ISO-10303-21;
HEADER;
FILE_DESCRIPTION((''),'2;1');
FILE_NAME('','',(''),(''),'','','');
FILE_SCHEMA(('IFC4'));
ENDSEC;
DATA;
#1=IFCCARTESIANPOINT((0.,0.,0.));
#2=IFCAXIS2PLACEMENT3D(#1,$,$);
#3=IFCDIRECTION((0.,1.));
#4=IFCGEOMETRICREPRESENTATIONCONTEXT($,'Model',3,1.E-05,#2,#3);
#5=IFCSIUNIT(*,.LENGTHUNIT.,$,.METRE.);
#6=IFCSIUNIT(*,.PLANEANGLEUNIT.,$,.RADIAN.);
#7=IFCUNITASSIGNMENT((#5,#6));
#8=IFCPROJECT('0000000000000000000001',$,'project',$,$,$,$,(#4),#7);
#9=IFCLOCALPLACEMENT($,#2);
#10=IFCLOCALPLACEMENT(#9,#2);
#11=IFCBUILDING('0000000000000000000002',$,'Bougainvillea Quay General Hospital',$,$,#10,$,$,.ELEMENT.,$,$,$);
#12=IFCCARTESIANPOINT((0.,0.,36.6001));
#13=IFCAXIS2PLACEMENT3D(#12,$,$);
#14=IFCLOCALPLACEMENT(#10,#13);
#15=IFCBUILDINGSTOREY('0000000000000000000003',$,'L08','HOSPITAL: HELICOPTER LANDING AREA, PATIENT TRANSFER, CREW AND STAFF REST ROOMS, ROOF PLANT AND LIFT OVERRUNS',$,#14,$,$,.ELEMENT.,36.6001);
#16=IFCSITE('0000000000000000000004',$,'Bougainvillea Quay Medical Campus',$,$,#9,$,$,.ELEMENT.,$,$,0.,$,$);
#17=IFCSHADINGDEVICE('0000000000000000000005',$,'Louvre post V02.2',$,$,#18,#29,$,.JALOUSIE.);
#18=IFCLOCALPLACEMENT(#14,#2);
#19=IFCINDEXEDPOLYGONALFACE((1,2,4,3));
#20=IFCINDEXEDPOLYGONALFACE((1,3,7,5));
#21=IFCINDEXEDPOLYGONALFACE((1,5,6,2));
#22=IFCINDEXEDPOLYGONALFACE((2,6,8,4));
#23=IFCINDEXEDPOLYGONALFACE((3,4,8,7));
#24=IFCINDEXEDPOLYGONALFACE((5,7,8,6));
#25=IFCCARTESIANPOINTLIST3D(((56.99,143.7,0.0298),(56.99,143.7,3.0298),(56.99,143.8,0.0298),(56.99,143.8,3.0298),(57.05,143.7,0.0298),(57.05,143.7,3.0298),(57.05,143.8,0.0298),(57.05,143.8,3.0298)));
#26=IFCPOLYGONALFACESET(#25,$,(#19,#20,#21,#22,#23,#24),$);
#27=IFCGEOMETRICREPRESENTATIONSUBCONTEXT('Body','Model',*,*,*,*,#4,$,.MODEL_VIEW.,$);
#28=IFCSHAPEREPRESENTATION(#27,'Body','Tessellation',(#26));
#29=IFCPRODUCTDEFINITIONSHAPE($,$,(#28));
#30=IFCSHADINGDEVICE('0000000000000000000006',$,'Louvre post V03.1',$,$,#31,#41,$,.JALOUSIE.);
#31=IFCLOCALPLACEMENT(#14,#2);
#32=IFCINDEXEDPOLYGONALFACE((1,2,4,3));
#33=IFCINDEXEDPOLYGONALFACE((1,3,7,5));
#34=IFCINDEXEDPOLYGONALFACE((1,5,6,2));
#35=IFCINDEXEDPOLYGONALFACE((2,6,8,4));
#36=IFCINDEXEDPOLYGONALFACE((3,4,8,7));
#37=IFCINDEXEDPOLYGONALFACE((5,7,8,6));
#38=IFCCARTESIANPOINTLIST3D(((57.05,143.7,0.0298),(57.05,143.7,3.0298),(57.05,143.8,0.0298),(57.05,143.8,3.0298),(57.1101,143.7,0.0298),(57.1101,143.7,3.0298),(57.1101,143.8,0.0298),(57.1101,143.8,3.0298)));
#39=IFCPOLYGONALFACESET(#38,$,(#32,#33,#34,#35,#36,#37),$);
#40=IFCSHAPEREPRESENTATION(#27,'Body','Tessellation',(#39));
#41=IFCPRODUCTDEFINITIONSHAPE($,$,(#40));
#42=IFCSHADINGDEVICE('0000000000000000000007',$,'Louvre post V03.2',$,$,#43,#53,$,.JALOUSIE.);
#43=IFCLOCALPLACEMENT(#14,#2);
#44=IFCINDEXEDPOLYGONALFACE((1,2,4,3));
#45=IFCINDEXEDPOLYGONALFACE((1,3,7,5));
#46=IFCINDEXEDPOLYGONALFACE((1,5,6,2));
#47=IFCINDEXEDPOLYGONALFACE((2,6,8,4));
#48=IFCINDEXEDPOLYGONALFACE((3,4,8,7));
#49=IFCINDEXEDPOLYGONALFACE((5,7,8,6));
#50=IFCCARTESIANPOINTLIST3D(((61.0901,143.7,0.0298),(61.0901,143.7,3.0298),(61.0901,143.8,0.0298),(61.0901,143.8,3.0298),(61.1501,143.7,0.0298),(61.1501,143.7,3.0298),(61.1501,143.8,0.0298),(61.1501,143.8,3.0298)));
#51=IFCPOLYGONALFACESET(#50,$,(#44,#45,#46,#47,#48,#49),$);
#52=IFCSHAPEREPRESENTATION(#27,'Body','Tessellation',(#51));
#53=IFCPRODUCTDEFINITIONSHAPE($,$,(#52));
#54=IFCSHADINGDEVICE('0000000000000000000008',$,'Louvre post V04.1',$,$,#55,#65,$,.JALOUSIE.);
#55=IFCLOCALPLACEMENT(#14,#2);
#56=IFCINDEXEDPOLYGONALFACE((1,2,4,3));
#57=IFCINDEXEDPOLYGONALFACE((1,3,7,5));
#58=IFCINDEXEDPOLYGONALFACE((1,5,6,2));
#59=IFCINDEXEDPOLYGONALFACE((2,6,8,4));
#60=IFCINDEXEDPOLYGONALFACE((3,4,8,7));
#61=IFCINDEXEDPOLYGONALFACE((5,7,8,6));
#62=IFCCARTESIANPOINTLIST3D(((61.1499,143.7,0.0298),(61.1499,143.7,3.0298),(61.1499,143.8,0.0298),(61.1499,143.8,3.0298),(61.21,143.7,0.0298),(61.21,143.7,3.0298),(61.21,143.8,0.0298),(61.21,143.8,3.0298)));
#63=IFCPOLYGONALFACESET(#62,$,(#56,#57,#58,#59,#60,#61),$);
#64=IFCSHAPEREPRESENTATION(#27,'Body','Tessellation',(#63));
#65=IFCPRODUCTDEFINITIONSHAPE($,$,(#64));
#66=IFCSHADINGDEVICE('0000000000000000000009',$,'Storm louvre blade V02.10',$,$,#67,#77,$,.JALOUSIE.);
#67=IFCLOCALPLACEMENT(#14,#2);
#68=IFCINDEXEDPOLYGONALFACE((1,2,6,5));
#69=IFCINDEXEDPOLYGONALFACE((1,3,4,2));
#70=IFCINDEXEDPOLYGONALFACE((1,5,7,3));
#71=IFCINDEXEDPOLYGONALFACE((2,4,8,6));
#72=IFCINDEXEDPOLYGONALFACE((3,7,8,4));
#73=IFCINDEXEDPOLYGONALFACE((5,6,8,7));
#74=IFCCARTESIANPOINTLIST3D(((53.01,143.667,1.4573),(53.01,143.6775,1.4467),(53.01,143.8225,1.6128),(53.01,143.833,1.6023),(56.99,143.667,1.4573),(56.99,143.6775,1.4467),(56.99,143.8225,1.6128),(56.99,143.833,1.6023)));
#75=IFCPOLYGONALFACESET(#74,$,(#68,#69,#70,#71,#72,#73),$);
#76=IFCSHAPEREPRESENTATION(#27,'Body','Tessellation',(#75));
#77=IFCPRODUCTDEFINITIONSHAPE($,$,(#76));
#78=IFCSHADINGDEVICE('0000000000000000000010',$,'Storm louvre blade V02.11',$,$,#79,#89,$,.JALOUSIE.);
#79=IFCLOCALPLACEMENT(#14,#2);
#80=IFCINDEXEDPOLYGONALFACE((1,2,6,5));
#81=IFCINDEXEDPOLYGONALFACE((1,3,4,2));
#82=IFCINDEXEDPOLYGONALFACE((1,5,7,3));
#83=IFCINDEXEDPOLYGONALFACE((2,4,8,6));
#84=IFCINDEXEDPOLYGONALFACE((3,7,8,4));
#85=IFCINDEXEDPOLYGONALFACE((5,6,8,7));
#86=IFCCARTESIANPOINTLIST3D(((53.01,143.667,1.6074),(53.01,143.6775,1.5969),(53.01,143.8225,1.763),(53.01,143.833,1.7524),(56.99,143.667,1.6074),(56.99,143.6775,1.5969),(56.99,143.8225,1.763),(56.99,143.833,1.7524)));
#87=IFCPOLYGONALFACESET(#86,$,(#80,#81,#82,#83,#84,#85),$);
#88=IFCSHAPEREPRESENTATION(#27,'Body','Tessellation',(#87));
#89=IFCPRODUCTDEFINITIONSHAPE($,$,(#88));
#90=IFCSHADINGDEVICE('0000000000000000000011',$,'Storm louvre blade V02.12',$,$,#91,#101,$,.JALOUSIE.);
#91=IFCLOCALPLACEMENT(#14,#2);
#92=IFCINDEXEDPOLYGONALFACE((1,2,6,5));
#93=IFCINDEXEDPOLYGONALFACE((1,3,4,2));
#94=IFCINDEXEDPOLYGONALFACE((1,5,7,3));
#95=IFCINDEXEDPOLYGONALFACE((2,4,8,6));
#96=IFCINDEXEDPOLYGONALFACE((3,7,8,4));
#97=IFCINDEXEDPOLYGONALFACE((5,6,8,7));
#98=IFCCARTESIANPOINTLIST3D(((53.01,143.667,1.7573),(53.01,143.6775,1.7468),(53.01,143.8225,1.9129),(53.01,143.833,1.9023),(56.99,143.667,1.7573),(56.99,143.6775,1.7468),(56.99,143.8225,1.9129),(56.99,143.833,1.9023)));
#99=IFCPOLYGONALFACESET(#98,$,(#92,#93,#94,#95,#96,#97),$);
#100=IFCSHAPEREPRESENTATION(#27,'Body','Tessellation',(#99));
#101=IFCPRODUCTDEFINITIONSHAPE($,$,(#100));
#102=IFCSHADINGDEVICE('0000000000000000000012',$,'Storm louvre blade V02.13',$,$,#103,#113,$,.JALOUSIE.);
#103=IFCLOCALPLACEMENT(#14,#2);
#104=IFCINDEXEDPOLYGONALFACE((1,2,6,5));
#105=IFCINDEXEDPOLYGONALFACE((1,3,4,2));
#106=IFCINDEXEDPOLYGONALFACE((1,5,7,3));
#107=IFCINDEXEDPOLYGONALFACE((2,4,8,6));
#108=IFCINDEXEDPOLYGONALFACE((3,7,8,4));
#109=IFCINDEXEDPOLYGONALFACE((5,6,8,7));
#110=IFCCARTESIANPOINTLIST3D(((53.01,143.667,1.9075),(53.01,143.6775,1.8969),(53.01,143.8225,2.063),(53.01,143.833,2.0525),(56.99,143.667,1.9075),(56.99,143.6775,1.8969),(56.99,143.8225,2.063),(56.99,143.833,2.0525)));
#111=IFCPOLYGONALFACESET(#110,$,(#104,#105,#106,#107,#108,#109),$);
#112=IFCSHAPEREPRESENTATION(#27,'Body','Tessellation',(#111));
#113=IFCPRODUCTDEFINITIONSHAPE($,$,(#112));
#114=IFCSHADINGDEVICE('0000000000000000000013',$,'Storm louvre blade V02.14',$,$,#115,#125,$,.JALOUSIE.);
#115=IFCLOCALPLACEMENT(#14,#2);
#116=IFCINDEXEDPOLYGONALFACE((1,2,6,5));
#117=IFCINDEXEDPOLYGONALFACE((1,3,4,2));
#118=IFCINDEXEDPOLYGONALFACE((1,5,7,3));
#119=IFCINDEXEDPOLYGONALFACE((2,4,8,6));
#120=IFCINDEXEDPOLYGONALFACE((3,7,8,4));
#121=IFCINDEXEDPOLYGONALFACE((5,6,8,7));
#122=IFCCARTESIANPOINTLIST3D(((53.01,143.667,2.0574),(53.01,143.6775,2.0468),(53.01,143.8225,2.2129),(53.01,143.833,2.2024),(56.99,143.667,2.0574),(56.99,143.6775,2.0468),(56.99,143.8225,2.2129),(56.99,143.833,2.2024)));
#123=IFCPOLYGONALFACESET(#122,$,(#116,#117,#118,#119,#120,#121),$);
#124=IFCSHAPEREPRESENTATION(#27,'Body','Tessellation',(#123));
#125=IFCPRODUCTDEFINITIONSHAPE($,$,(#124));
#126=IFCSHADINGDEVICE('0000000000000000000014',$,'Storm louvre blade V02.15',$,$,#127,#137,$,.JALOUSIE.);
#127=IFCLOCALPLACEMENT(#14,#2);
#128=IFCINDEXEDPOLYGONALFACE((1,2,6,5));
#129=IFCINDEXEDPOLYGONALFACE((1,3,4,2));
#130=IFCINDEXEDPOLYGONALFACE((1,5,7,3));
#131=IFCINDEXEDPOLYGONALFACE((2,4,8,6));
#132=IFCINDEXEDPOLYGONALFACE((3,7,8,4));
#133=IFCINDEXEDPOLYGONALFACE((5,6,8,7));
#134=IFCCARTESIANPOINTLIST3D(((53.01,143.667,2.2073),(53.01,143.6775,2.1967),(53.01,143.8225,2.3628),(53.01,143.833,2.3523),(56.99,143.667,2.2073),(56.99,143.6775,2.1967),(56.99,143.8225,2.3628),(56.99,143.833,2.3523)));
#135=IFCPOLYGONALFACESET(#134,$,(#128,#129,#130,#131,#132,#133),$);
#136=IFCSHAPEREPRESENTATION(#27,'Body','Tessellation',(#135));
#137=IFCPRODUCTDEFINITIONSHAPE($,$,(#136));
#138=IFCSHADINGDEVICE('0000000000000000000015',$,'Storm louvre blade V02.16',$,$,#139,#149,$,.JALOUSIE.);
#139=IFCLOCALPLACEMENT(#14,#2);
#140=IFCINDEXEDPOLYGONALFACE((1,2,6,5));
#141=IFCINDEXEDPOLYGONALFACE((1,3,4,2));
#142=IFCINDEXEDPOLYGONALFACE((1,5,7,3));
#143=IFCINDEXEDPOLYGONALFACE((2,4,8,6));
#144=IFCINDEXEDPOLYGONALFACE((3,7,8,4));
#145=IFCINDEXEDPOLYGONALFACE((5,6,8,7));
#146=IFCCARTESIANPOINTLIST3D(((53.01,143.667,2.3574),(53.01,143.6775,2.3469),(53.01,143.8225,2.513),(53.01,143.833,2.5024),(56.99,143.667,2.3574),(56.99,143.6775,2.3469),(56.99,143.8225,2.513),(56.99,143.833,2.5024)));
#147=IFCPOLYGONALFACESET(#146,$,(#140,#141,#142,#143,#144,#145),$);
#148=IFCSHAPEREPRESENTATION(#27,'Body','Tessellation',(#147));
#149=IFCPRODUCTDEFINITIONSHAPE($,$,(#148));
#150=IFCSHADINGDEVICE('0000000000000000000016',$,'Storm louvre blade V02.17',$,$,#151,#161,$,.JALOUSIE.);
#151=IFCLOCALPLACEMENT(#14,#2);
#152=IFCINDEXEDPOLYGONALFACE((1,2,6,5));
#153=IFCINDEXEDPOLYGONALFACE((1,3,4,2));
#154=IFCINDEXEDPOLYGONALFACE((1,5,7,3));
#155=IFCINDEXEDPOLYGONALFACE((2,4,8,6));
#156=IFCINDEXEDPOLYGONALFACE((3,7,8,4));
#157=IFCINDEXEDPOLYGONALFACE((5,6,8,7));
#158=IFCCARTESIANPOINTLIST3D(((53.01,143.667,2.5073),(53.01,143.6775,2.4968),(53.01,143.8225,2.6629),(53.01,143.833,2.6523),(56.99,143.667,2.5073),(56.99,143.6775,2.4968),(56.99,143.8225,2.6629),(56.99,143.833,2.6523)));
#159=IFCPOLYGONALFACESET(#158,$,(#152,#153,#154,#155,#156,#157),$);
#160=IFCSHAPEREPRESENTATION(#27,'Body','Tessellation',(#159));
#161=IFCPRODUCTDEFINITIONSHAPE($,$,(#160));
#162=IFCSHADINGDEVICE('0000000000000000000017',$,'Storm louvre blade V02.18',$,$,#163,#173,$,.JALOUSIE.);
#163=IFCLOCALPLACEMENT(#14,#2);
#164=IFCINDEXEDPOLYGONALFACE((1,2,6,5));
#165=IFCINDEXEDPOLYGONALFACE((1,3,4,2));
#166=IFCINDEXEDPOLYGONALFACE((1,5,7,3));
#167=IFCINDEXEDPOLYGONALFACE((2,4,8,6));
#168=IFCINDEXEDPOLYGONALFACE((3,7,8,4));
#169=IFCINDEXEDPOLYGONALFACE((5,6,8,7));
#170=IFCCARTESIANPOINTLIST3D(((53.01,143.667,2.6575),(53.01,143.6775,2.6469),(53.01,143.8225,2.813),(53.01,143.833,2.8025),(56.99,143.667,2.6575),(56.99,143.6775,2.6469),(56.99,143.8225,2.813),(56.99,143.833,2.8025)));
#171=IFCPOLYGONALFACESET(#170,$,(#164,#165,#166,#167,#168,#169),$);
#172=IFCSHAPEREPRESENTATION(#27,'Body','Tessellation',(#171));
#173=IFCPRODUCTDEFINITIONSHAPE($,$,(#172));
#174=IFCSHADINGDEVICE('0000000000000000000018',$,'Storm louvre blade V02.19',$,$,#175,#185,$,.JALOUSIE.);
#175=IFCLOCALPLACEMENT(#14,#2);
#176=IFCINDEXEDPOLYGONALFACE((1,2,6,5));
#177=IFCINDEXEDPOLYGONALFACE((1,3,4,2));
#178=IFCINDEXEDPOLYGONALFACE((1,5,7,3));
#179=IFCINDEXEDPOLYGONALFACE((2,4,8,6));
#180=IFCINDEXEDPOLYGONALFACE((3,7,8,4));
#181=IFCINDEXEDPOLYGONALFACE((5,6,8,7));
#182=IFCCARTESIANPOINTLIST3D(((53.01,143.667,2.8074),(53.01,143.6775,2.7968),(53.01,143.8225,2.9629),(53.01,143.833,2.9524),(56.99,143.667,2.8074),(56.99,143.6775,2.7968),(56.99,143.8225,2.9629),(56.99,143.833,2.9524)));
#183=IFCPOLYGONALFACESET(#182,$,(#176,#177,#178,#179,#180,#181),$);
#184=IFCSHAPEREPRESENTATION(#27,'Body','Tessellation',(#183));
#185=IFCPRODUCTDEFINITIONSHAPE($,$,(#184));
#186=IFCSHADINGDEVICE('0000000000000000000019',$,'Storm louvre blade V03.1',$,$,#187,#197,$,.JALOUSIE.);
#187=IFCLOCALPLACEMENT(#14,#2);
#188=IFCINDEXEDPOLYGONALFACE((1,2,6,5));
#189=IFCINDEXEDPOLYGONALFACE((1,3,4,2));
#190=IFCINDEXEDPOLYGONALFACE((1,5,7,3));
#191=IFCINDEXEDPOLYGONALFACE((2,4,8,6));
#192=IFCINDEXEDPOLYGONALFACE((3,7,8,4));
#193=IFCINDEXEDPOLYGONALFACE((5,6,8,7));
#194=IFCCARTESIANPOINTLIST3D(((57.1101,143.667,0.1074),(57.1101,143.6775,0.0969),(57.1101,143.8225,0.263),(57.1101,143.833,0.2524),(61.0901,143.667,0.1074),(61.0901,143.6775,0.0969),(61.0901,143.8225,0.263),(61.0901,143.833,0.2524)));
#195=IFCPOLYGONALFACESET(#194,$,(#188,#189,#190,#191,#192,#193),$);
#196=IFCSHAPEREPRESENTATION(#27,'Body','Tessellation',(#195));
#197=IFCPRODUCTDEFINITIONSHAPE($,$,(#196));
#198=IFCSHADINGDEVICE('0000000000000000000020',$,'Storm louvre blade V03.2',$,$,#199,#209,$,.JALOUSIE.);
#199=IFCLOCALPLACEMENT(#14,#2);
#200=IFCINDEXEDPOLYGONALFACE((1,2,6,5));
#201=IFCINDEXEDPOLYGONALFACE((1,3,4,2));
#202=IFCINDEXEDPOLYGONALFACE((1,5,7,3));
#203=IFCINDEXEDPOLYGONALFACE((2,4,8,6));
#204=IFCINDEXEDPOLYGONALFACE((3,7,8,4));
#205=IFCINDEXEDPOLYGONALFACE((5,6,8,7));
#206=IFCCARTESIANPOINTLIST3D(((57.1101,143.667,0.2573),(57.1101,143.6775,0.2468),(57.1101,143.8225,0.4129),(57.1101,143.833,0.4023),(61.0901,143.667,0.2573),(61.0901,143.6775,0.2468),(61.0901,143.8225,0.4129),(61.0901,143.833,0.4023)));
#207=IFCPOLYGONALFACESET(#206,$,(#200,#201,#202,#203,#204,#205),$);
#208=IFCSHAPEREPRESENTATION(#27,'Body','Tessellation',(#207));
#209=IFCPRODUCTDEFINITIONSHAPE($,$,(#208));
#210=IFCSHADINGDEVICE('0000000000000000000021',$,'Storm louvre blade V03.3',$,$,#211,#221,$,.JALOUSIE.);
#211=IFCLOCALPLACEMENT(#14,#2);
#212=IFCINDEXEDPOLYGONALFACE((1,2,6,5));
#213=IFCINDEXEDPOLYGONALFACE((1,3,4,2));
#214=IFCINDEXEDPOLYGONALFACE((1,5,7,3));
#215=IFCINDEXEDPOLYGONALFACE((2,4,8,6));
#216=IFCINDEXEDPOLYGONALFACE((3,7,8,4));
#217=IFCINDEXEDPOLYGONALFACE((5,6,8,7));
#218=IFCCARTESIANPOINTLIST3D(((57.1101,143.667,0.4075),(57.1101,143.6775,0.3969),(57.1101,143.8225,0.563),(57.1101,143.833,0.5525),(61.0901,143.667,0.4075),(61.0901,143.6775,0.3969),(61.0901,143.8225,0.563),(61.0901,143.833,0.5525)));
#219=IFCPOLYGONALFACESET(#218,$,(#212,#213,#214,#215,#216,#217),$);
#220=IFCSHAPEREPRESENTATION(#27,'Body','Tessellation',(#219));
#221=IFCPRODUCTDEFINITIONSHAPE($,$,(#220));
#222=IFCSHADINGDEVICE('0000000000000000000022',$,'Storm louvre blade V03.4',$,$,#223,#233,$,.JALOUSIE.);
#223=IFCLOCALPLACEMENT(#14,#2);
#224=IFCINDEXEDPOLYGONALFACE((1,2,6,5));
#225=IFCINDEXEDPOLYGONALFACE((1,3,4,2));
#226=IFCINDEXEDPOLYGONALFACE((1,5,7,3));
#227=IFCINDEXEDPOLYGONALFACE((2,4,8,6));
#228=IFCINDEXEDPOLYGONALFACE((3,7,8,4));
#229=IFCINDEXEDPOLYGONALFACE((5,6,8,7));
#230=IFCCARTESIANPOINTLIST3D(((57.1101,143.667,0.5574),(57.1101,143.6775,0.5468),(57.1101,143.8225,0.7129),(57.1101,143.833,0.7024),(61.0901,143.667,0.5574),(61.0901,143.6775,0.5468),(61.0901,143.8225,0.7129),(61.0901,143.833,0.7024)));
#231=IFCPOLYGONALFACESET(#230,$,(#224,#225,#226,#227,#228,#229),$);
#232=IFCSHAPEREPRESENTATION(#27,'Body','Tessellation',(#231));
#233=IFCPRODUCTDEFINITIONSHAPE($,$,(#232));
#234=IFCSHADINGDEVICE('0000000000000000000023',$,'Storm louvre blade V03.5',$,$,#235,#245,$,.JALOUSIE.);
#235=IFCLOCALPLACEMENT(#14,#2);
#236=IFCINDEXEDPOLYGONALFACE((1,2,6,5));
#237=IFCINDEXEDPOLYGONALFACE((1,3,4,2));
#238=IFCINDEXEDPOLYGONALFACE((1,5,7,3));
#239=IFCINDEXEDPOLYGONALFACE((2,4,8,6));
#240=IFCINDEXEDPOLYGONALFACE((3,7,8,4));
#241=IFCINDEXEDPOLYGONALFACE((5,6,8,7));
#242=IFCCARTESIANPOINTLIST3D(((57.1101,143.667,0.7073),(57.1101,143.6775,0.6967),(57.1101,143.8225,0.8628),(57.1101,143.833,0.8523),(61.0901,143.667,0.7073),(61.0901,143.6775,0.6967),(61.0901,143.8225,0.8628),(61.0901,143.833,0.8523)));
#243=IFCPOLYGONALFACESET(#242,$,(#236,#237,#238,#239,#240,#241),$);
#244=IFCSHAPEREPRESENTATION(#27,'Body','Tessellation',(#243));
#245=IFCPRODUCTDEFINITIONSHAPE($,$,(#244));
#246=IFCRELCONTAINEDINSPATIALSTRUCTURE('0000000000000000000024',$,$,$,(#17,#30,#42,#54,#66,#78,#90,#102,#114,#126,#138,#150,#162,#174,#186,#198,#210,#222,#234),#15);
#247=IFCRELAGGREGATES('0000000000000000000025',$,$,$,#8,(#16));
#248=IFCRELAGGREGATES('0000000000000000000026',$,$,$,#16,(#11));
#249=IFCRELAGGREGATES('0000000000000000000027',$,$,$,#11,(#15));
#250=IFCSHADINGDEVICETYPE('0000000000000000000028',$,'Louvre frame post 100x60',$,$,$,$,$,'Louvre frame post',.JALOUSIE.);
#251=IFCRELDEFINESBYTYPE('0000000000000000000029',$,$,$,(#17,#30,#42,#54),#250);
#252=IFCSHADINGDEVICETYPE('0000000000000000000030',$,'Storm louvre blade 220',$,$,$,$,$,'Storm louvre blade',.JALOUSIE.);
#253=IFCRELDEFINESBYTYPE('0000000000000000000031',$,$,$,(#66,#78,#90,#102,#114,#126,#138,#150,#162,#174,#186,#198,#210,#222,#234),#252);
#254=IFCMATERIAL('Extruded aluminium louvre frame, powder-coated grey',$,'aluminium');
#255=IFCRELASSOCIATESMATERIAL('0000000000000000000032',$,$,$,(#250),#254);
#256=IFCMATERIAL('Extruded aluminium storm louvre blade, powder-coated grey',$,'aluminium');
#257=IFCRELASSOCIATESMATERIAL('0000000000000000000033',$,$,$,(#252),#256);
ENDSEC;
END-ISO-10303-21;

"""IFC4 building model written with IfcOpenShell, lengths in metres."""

from ifc_helpers import new_model, si_unit, direction, frame, origin, origin_2d, place, context, subcontext, project, spatial, rectangle, extrude, material, material_profile, profile_set, type_object, element, save


model = new_model("IFC4")

# Units and contexts
model_context = context("Model", 3, precision=1e-05, world=origin(), true_north=direction((0.0, 1.0)))
body_context = subcontext(model_context, "Body", "Model", "MODEL_VIEW")
ifc_project = project(units=[si_unit("LENGTHUNIT", "METRE"), si_unit("PLANEANGLEUNIT", "RADIAN")], contexts=[model_context])

# Site, building, storey
site_placement = place(None, origin())
site = spatial("IfcSite", under=ifc_project, at=site_placement, Name="Bougainvillea Quay Medical Campus", CompositionType="ELEMENT", RefElevation=0.0)
building_placement = place(site_placement, origin())
building = spatial("IfcBuilding", under=site, at=building_placement, Name="Bougainvillea Quay General Hospital", CompositionType="ELEMENT")
storey_placement = place(building_placement, frame((0.0, 0.0, 36.6001)))
storey = spatial("IfcBuildingStorey", under=building, at=storey_placement, Name="L08", Description="HOSPITAL: HELICOPTER LANDING AREA, PATIENT TRANSFER, CREW AND STAFF REST ROOMS, ROOF PLANT AND LIFT OVERRUNS", CompositionType="ELEMENT", Elevation=36.6001)

# Shading devices
ifc_material_1 = material(Name="Extruded aluminium louvre frame, powder-coated grey", Category="aluminium")
ifc_material_profile_1 = material_profile(ifc_material_1, rectangle(XDim=0.1001, YDim=0.0601, at=origin_2d()))
ifc_profile_set_1 = profile_set([ifc_material_profile_1], Name="Extruded aluminium louvre frame, powder-coated grey")
shading_device_type_1 = type_object("IfcShadingDeviceType", Name="Louvre frame post 100x60", ElementType="Louvre frame post", PredefinedType="JALOUSIE", material=ifc_profile_set_1)
for number, where, z_axis, x_axis, name in (
    (1, (57.02, 143.75, 0.0298), (0.0, 0.0, 1.0), (0.0, 1.0, 0.0), "Louvre post V02.2"),
    (2, (57.0801, 143.75, 0.0298), (0.0, 0.0, 1.0), (0.0, 1.0, 0.0), "Louvre post V03.1"),
    (3, (61.1201, 143.75, 0.0298), (0.0, 0.0, 1.0), (0.0, 1.0, 0.0), "Louvre post V03.2"),
    (4, (61.1799, 143.75, 0.0298), (0.0, 0.0, 1.0), (0.0, 1.0, 0.0), "Louvre post V04.1"),
):
    element("IfcShadingDevice", number, at=place(storey_placement, frame(where, z_axis=z_axis, x_axis=x_axis)), inside=storey, type_object=shading_device_type_1, Name=name, PredefinedType="JALOUSIE", context=body_context, shape_type="SweptSolid", body=[
        extrude(rectangle(XDim=0.1001, YDim=0.0601, at=origin_2d()), origin(), (0.0, 0.0, 1.0), 3.0),
    ])
ifc_material_2 = material(Name="Extruded aluminium storm louvre blade, powder-coated grey", Category="aluminium")
ifc_material_profile_2 = material_profile(ifc_material_2, rectangle(XDim=0.22, YDim=0.0149, at=origin_2d()))
ifc_profile_set_2 = profile_set([ifc_material_profile_2], Name="Extruded aluminium storm louvre blade, powder-coated grey")
shading_device_type_2 = type_object("IfcShadingDeviceType", Name="Storm louvre blade 220", ElementType="Storm louvre blade", PredefinedType="JALOUSIE", material=ifc_profile_set_2)
for number, where, z_axis, x_axis, name in (
    (5, (53.01, 143.75, 1.5298), (1.0, 0.0, 0.0), (0.0, 0.707107, 0.707107), "Storm louvre blade V02.10"),
    (6, (53.01, 143.75, 1.6799), (1.0, 0.0, 0.0), (0.0, 0.707107, 0.707107), "Storm louvre blade V02.11"),
    (7, (53.01, 143.75, 1.8298), (1.0, 0.0, 0.0), (0.0, 0.707107, 0.707107), "Storm louvre blade V02.12"),
    (8, (53.01, 143.75, 1.98), (1.0, 0.0, 0.0), (0.0, 0.707107, 0.707107), "Storm louvre blade V02.13"),
    (9, (53.01, 143.75, 2.1299), (1.0, 0.0, 0.0), (0.0, 0.707107, 0.707107), "Storm louvre blade V02.14"),
    (10, (53.01, 143.75, 2.2798), (1.0, 0.0, 0.0), (0.0, 0.707107, 0.707107), "Storm louvre blade V02.15"),
    (11, (53.01, 143.75, 2.4299), (1.0, 0.0, 0.0), (0.0, 0.707107, 0.707107), "Storm louvre blade V02.16"),
    (12, (53.01, 143.75, 2.5798), (1.0, 0.0, 0.0), (0.0, 0.707107, 0.707107), "Storm louvre blade V02.17"),
    (13, (53.01, 143.75, 2.73), (1.0, 0.0, 0.0), (0.0, 0.707107, 0.707107), "Storm louvre blade V02.18"),
    (14, (53.01, 143.75, 2.8799), (1.0, 0.0, 0.0), (0.0, 0.707107, 0.707107), "Storm louvre blade V02.19"),
    (15, (57.1101, 143.75, 0.1799), (1.0, 0.0, 0.0), (0.0, 0.707107, 0.707107), "Storm louvre blade V03.1"),
    (16, (57.1101, 143.75, 0.3298), (1.0, 0.0, 0.0), (0.0, 0.707107, 0.707107), "Storm louvre blade V03.2"),
    (17, (57.1101, 143.75, 0.48), (1.0, 0.0, 0.0), (0.0, 0.707107, 0.707107), "Storm louvre blade V03.3"),
    (18, (57.1101, 143.75, 0.6299), (1.0, 0.0, 0.0), (0.0, 0.707107, 0.707107), "Storm louvre blade V03.4"),
    (19, (57.1101, 143.75, 0.7798), (1.0, 0.0, 0.0), (0.0, 0.707107, 0.707107), "Storm louvre blade V03.5"),
):
    element("IfcShadingDevice", number, at=place(storey_placement, frame(where, z_axis=z_axis, x_axis=x_axis)), inside=storey, type_object=shading_device_type_2, Name=name, PredefinedType="JALOUSIE", context=body_context, shape_type="SweptSolid", body=[
        extrude(rectangle(XDim=0.22, YDim=0.0149, at=origin_2d()), origin(), (0.0, 0.0, 1.0), 3.98),
    ])

save(model, "model.ifc")
